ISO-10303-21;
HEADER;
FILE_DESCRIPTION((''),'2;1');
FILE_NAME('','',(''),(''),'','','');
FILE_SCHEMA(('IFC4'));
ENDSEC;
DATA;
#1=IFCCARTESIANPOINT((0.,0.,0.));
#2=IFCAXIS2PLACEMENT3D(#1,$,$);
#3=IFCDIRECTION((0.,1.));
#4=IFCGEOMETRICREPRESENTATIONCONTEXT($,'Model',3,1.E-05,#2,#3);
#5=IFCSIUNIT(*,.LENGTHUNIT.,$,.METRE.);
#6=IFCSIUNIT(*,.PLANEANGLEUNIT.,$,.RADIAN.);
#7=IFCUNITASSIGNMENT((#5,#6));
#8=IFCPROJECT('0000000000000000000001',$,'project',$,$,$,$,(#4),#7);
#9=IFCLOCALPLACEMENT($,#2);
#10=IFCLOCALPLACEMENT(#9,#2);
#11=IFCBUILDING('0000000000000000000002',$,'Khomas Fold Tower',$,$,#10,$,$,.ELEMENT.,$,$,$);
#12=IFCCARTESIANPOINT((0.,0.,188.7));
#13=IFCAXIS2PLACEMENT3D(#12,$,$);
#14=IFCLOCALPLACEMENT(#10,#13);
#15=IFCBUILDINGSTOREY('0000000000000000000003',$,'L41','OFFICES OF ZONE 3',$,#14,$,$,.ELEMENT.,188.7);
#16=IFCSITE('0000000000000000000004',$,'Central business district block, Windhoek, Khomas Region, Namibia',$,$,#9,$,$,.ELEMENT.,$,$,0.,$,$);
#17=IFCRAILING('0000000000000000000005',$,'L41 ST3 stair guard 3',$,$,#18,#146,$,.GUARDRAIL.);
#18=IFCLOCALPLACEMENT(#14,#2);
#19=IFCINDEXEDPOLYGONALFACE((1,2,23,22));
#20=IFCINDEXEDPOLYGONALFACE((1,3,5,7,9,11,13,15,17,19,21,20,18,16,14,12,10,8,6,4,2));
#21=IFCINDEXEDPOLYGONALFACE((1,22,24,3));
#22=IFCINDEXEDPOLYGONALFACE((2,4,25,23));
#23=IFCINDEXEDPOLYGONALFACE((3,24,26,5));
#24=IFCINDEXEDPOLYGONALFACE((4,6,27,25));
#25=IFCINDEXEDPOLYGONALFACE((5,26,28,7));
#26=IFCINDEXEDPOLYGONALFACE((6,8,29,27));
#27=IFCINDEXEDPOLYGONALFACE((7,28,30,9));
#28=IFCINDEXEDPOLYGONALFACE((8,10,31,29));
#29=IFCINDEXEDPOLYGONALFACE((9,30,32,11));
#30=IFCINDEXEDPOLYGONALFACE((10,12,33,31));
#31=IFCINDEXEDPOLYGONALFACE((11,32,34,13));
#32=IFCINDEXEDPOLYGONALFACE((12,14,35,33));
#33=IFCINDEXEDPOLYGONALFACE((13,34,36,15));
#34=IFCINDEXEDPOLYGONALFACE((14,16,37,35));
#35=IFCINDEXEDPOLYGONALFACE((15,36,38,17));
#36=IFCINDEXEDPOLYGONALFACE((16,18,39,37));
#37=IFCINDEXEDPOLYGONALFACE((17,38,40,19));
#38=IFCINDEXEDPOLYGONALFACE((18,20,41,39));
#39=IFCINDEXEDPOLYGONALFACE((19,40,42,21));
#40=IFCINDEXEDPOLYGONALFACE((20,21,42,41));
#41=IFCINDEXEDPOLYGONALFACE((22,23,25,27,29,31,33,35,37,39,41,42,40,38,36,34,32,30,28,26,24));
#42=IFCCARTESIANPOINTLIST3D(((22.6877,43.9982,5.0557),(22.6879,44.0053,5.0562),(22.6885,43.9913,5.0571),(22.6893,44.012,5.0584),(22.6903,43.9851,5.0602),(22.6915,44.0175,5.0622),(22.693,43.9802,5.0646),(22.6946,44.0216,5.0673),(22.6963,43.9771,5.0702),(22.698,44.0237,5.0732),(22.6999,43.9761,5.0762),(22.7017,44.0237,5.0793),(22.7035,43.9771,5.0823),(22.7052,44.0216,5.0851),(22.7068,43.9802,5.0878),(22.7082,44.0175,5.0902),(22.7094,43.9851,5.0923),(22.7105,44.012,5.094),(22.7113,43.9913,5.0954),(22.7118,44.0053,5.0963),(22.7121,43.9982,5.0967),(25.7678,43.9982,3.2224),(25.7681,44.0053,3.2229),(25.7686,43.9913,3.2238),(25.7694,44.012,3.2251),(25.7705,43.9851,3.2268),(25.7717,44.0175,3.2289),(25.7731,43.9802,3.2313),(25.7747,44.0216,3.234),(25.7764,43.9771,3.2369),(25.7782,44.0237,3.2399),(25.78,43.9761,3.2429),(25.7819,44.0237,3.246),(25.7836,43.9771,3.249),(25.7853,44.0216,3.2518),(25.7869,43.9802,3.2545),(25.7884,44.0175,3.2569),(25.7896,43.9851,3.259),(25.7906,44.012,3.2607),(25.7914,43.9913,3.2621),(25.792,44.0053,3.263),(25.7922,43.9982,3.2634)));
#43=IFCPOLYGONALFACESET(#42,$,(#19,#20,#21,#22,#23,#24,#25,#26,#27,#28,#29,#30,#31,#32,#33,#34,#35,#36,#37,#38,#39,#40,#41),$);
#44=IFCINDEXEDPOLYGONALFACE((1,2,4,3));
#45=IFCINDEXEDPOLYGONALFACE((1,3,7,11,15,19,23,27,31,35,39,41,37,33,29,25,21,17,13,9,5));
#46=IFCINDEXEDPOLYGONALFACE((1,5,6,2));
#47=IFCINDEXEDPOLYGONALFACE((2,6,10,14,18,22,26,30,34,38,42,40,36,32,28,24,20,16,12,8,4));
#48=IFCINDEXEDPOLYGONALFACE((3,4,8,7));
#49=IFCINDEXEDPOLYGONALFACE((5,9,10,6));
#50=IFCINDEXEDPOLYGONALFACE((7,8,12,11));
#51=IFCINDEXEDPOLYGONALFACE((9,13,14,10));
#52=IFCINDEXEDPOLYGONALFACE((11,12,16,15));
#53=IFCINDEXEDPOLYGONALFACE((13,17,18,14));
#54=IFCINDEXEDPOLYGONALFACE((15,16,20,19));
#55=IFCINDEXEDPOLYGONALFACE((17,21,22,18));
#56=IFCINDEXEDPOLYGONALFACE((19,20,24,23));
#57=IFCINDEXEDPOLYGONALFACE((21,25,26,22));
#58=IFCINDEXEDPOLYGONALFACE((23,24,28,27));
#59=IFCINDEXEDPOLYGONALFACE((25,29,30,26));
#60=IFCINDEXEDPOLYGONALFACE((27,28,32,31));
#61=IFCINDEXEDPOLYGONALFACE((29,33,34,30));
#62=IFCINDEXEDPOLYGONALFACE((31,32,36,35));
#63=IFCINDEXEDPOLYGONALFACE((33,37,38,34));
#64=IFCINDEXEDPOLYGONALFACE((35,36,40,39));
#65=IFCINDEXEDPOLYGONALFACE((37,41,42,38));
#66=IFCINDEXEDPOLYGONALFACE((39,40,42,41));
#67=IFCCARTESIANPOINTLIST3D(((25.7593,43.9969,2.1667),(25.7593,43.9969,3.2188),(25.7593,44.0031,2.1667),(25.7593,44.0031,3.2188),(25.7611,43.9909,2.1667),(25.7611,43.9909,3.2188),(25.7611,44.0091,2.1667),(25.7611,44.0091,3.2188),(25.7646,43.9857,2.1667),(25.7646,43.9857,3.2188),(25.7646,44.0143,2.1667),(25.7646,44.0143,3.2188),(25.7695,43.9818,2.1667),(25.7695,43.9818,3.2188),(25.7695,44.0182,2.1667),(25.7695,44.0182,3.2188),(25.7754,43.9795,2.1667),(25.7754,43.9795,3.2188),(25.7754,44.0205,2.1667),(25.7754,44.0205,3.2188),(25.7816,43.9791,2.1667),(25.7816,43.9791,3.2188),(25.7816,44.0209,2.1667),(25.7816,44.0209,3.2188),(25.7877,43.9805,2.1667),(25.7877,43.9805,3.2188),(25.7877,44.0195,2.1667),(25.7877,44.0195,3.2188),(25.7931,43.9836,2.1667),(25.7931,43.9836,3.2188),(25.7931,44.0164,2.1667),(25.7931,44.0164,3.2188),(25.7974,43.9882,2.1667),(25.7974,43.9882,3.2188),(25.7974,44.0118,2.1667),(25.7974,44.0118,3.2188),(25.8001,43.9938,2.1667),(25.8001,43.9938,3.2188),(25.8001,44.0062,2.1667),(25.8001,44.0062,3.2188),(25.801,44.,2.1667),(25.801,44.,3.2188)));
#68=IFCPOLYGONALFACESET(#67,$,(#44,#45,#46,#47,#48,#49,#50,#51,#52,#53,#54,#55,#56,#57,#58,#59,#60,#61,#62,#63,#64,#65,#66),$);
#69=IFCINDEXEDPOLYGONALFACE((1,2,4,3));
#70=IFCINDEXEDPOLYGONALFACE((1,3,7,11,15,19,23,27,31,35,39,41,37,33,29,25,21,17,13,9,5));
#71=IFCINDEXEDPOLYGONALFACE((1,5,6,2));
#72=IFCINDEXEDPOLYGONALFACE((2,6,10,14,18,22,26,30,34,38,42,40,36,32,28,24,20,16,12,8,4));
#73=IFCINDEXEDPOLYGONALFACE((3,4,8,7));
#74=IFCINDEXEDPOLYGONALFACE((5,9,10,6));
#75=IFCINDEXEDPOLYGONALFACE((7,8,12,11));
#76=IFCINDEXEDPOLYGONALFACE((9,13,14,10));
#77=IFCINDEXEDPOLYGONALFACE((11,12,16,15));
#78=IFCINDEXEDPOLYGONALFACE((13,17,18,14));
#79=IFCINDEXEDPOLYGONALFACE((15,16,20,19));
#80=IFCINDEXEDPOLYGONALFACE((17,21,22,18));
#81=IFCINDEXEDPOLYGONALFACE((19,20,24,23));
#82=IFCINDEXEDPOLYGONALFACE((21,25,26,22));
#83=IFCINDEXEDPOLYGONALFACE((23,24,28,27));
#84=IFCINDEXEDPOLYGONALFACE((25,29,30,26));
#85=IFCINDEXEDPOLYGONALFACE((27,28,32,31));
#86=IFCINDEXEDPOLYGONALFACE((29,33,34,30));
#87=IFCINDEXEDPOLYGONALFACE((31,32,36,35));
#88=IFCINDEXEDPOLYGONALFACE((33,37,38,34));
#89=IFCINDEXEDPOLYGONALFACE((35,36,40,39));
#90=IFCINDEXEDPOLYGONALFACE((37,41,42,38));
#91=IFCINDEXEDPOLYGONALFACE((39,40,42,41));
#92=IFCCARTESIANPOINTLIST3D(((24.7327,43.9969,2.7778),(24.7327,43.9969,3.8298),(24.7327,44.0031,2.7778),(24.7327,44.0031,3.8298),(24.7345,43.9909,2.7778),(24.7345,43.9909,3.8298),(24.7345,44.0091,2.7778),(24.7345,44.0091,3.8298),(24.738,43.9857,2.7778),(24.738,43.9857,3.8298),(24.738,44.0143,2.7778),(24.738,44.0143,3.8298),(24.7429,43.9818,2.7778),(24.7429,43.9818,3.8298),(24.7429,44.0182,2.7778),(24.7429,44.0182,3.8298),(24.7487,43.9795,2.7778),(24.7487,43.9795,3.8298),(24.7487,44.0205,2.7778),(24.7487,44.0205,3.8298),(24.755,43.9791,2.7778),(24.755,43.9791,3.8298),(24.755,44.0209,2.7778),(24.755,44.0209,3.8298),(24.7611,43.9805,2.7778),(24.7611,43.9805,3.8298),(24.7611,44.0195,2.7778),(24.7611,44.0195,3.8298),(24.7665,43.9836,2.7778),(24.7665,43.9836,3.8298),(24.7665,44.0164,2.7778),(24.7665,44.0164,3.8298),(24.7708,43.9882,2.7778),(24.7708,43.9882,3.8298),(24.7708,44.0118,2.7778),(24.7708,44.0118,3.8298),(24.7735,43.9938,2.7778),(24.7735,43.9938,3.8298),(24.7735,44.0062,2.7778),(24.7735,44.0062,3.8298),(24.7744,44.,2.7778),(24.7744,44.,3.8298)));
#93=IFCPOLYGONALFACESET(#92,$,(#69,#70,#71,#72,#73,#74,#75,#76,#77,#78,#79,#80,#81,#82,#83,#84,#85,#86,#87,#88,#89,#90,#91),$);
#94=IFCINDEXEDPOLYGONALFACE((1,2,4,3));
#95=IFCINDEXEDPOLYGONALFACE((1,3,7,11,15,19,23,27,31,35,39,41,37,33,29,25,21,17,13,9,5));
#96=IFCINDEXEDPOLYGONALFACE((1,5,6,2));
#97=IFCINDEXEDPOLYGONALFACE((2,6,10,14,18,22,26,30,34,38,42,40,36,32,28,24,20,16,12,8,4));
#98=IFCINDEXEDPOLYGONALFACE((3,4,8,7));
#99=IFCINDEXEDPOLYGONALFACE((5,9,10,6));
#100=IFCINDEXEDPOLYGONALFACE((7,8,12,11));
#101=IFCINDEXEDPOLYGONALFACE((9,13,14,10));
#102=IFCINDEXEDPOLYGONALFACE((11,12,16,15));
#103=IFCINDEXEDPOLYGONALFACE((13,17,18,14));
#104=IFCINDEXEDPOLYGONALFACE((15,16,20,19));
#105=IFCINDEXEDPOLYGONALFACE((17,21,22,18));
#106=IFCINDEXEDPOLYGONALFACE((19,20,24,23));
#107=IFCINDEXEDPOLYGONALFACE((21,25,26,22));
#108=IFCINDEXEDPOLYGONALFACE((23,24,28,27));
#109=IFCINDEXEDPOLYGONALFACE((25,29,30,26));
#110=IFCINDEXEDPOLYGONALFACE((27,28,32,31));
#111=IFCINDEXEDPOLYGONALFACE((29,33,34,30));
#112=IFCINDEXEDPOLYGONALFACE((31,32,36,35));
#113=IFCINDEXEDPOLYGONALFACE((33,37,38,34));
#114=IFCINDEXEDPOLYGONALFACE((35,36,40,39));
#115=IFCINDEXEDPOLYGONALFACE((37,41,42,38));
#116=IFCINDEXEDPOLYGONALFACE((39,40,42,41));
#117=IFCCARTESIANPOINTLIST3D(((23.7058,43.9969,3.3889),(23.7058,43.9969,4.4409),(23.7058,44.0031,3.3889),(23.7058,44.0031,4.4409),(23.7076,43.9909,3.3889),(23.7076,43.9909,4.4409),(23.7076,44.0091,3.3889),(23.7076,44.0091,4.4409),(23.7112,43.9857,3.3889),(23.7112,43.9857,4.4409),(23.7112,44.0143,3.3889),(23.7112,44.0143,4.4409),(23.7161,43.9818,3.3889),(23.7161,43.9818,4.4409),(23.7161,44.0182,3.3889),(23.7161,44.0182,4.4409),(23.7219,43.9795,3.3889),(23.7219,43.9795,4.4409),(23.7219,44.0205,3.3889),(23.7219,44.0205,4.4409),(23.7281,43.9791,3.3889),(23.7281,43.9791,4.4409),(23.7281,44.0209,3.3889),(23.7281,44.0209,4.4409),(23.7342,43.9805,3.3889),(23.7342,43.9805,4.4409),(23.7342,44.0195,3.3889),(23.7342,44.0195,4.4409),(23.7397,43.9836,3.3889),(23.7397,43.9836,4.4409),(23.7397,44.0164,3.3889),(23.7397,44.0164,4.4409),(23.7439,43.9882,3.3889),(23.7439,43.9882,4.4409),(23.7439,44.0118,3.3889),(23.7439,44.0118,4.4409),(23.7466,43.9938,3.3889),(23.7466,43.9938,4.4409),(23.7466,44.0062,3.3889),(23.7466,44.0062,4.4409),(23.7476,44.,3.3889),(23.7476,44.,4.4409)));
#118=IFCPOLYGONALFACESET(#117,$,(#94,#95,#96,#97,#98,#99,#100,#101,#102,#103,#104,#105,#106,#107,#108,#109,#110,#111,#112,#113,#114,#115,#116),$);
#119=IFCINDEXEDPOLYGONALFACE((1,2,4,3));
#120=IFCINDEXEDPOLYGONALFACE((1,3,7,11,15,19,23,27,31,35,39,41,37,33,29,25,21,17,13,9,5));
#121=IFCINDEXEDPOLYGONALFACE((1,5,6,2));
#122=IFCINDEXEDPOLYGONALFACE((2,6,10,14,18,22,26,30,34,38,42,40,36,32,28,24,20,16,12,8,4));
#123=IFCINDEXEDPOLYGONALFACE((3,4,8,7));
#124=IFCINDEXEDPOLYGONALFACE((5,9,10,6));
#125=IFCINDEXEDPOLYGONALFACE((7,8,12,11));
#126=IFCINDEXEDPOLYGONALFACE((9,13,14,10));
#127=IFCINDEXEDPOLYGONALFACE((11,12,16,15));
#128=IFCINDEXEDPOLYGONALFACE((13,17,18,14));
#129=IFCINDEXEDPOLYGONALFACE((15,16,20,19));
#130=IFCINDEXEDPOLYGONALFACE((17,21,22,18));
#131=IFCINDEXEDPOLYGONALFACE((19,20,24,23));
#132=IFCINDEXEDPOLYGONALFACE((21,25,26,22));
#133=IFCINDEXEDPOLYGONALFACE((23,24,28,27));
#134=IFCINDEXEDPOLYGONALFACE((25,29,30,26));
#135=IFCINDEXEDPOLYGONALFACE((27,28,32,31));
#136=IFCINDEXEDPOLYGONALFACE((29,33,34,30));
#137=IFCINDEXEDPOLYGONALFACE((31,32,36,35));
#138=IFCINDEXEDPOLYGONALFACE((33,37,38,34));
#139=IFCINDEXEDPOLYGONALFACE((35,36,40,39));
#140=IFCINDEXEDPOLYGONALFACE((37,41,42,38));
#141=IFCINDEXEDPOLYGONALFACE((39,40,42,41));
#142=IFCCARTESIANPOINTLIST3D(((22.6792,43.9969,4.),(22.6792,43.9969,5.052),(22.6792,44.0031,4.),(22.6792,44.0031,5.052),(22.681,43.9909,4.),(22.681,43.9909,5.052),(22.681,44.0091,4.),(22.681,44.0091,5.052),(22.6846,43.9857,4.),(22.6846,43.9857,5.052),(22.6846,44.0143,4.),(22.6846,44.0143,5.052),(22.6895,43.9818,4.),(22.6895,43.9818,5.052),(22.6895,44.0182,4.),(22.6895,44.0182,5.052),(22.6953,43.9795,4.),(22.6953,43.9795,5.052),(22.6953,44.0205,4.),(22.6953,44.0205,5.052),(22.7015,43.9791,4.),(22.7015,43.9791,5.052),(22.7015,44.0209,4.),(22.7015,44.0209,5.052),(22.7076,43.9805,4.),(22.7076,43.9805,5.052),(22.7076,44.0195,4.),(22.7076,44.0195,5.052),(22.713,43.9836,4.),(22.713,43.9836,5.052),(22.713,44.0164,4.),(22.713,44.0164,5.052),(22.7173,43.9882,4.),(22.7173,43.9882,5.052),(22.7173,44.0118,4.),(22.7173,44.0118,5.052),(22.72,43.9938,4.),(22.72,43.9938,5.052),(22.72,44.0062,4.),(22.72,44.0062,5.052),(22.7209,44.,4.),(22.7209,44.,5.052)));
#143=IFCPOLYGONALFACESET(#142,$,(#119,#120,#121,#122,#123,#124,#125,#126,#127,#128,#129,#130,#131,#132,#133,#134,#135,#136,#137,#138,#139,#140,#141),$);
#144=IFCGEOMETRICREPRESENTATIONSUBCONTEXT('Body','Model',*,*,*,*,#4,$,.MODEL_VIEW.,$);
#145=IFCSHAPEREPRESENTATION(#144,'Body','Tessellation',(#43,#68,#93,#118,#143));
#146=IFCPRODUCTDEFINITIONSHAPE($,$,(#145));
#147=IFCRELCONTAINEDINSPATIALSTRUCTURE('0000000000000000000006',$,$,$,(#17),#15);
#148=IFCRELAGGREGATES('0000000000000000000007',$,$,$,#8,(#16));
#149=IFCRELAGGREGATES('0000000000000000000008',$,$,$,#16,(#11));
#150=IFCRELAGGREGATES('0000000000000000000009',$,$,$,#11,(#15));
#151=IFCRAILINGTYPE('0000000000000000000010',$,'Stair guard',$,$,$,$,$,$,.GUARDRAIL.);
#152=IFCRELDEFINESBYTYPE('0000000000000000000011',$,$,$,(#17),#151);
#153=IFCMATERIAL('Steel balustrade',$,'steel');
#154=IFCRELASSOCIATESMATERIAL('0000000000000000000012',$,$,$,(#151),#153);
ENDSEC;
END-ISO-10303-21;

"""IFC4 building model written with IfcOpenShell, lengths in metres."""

from ifc_helpers import new_model, si_unit, direction, frame, origin, origin_2d, place, context, subcontext, project, spatial, circle, extrude, source, transform, mapped, material, type_object, element, save


model = new_model("IFC4")

# Units and contexts
model_context = context("Model", 3, precision=1e-05, world=origin(), true_north=direction((0.0, 1.0)))
body_context = subcontext(model_context, "Body", "Model", "MODEL_VIEW")
ifc_project = project(units=[si_unit("LENGTHUNIT", "METRE"), si_unit("PLANEANGLEUNIT", "RADIAN")], contexts=[model_context])

# Site, building, storey
site_placement = place(None, origin())
site = spatial("IfcSite", under=ifc_project, at=site_placement, Name="Central business district block, Windhoek, Khomas Region, Namibia", CompositionType="ELEMENT", RefElevation=0.0)
building_placement = place(site_placement, origin())
building = spatial("IfcBuilding", under=site, at=building_placement, Name="Khomas Fold Tower", CompositionType="ELEMENT")
storey_placement = place(building_placement, frame((0.0, 0.0, 188.7)))
storey = spatial("IfcBuildingStorey", under=building, at=storey_placement, Name="L41", Description="OFFICES OF ZONE 3", CompositionType="ELEMENT", Elevation=188.7)

# Railing
ifc_material_1 = material(Name="Steel balustrade", Category="steel")
railing_type_1 = type_object("IfcRailingType", Name="Stair guard", PredefinedType="GUARDRAIL", material=ifc_material_1)
shared_shape_1 = source(origin(), body_context, "Body", "SweptSolid", [
    extrude(circle(Radius=0.0239, at=origin_2d()), frame((0.0, 0.0, 1.0762), z_axis=(-0.859309, 0.0, 0.511458), x_axis=(0.0, -1.0, 0.0)), (0.0, 0.0, 1.0), 3.5845),
    extrude(circle(Radius=0.021, at=origin_2d()), origin(), (0.0, 0.0, 1.0), 1.052),
    extrude(circle(Radius=0.021, at=origin_2d()), frame((-1.0266, 0.0, 0.6111)), (0.0, 0.0, 1.0), 1.052),
    extrude(circle(Radius=0.021, at=origin_2d()), frame((-2.0535, 0.0, 1.2222)), (0.0, 0.0, 1.0), 1.052),
    extrude(circle(Radius=0.021, at=origin_2d()), frame((-3.0801, 0.0, 1.8333)), (0.0, 0.0, 1.0), 1.052),
])
railing_1_placement = place(storey_placement, frame((25.78, 44.0, 2.1667)))
element("IfcRailing", 1, at=railing_1_placement, inside=storey, type_object=railing_type_1, Name="L41 ST3 stair guard 3", PredefinedType="GUARDRAIL", context=body_context, shape_type="MappedRepresentation", body=[
    mapped(shared_shape_1, transform((0.0, 0.0, 0.0))),
])

save(model, "model.ifc")
